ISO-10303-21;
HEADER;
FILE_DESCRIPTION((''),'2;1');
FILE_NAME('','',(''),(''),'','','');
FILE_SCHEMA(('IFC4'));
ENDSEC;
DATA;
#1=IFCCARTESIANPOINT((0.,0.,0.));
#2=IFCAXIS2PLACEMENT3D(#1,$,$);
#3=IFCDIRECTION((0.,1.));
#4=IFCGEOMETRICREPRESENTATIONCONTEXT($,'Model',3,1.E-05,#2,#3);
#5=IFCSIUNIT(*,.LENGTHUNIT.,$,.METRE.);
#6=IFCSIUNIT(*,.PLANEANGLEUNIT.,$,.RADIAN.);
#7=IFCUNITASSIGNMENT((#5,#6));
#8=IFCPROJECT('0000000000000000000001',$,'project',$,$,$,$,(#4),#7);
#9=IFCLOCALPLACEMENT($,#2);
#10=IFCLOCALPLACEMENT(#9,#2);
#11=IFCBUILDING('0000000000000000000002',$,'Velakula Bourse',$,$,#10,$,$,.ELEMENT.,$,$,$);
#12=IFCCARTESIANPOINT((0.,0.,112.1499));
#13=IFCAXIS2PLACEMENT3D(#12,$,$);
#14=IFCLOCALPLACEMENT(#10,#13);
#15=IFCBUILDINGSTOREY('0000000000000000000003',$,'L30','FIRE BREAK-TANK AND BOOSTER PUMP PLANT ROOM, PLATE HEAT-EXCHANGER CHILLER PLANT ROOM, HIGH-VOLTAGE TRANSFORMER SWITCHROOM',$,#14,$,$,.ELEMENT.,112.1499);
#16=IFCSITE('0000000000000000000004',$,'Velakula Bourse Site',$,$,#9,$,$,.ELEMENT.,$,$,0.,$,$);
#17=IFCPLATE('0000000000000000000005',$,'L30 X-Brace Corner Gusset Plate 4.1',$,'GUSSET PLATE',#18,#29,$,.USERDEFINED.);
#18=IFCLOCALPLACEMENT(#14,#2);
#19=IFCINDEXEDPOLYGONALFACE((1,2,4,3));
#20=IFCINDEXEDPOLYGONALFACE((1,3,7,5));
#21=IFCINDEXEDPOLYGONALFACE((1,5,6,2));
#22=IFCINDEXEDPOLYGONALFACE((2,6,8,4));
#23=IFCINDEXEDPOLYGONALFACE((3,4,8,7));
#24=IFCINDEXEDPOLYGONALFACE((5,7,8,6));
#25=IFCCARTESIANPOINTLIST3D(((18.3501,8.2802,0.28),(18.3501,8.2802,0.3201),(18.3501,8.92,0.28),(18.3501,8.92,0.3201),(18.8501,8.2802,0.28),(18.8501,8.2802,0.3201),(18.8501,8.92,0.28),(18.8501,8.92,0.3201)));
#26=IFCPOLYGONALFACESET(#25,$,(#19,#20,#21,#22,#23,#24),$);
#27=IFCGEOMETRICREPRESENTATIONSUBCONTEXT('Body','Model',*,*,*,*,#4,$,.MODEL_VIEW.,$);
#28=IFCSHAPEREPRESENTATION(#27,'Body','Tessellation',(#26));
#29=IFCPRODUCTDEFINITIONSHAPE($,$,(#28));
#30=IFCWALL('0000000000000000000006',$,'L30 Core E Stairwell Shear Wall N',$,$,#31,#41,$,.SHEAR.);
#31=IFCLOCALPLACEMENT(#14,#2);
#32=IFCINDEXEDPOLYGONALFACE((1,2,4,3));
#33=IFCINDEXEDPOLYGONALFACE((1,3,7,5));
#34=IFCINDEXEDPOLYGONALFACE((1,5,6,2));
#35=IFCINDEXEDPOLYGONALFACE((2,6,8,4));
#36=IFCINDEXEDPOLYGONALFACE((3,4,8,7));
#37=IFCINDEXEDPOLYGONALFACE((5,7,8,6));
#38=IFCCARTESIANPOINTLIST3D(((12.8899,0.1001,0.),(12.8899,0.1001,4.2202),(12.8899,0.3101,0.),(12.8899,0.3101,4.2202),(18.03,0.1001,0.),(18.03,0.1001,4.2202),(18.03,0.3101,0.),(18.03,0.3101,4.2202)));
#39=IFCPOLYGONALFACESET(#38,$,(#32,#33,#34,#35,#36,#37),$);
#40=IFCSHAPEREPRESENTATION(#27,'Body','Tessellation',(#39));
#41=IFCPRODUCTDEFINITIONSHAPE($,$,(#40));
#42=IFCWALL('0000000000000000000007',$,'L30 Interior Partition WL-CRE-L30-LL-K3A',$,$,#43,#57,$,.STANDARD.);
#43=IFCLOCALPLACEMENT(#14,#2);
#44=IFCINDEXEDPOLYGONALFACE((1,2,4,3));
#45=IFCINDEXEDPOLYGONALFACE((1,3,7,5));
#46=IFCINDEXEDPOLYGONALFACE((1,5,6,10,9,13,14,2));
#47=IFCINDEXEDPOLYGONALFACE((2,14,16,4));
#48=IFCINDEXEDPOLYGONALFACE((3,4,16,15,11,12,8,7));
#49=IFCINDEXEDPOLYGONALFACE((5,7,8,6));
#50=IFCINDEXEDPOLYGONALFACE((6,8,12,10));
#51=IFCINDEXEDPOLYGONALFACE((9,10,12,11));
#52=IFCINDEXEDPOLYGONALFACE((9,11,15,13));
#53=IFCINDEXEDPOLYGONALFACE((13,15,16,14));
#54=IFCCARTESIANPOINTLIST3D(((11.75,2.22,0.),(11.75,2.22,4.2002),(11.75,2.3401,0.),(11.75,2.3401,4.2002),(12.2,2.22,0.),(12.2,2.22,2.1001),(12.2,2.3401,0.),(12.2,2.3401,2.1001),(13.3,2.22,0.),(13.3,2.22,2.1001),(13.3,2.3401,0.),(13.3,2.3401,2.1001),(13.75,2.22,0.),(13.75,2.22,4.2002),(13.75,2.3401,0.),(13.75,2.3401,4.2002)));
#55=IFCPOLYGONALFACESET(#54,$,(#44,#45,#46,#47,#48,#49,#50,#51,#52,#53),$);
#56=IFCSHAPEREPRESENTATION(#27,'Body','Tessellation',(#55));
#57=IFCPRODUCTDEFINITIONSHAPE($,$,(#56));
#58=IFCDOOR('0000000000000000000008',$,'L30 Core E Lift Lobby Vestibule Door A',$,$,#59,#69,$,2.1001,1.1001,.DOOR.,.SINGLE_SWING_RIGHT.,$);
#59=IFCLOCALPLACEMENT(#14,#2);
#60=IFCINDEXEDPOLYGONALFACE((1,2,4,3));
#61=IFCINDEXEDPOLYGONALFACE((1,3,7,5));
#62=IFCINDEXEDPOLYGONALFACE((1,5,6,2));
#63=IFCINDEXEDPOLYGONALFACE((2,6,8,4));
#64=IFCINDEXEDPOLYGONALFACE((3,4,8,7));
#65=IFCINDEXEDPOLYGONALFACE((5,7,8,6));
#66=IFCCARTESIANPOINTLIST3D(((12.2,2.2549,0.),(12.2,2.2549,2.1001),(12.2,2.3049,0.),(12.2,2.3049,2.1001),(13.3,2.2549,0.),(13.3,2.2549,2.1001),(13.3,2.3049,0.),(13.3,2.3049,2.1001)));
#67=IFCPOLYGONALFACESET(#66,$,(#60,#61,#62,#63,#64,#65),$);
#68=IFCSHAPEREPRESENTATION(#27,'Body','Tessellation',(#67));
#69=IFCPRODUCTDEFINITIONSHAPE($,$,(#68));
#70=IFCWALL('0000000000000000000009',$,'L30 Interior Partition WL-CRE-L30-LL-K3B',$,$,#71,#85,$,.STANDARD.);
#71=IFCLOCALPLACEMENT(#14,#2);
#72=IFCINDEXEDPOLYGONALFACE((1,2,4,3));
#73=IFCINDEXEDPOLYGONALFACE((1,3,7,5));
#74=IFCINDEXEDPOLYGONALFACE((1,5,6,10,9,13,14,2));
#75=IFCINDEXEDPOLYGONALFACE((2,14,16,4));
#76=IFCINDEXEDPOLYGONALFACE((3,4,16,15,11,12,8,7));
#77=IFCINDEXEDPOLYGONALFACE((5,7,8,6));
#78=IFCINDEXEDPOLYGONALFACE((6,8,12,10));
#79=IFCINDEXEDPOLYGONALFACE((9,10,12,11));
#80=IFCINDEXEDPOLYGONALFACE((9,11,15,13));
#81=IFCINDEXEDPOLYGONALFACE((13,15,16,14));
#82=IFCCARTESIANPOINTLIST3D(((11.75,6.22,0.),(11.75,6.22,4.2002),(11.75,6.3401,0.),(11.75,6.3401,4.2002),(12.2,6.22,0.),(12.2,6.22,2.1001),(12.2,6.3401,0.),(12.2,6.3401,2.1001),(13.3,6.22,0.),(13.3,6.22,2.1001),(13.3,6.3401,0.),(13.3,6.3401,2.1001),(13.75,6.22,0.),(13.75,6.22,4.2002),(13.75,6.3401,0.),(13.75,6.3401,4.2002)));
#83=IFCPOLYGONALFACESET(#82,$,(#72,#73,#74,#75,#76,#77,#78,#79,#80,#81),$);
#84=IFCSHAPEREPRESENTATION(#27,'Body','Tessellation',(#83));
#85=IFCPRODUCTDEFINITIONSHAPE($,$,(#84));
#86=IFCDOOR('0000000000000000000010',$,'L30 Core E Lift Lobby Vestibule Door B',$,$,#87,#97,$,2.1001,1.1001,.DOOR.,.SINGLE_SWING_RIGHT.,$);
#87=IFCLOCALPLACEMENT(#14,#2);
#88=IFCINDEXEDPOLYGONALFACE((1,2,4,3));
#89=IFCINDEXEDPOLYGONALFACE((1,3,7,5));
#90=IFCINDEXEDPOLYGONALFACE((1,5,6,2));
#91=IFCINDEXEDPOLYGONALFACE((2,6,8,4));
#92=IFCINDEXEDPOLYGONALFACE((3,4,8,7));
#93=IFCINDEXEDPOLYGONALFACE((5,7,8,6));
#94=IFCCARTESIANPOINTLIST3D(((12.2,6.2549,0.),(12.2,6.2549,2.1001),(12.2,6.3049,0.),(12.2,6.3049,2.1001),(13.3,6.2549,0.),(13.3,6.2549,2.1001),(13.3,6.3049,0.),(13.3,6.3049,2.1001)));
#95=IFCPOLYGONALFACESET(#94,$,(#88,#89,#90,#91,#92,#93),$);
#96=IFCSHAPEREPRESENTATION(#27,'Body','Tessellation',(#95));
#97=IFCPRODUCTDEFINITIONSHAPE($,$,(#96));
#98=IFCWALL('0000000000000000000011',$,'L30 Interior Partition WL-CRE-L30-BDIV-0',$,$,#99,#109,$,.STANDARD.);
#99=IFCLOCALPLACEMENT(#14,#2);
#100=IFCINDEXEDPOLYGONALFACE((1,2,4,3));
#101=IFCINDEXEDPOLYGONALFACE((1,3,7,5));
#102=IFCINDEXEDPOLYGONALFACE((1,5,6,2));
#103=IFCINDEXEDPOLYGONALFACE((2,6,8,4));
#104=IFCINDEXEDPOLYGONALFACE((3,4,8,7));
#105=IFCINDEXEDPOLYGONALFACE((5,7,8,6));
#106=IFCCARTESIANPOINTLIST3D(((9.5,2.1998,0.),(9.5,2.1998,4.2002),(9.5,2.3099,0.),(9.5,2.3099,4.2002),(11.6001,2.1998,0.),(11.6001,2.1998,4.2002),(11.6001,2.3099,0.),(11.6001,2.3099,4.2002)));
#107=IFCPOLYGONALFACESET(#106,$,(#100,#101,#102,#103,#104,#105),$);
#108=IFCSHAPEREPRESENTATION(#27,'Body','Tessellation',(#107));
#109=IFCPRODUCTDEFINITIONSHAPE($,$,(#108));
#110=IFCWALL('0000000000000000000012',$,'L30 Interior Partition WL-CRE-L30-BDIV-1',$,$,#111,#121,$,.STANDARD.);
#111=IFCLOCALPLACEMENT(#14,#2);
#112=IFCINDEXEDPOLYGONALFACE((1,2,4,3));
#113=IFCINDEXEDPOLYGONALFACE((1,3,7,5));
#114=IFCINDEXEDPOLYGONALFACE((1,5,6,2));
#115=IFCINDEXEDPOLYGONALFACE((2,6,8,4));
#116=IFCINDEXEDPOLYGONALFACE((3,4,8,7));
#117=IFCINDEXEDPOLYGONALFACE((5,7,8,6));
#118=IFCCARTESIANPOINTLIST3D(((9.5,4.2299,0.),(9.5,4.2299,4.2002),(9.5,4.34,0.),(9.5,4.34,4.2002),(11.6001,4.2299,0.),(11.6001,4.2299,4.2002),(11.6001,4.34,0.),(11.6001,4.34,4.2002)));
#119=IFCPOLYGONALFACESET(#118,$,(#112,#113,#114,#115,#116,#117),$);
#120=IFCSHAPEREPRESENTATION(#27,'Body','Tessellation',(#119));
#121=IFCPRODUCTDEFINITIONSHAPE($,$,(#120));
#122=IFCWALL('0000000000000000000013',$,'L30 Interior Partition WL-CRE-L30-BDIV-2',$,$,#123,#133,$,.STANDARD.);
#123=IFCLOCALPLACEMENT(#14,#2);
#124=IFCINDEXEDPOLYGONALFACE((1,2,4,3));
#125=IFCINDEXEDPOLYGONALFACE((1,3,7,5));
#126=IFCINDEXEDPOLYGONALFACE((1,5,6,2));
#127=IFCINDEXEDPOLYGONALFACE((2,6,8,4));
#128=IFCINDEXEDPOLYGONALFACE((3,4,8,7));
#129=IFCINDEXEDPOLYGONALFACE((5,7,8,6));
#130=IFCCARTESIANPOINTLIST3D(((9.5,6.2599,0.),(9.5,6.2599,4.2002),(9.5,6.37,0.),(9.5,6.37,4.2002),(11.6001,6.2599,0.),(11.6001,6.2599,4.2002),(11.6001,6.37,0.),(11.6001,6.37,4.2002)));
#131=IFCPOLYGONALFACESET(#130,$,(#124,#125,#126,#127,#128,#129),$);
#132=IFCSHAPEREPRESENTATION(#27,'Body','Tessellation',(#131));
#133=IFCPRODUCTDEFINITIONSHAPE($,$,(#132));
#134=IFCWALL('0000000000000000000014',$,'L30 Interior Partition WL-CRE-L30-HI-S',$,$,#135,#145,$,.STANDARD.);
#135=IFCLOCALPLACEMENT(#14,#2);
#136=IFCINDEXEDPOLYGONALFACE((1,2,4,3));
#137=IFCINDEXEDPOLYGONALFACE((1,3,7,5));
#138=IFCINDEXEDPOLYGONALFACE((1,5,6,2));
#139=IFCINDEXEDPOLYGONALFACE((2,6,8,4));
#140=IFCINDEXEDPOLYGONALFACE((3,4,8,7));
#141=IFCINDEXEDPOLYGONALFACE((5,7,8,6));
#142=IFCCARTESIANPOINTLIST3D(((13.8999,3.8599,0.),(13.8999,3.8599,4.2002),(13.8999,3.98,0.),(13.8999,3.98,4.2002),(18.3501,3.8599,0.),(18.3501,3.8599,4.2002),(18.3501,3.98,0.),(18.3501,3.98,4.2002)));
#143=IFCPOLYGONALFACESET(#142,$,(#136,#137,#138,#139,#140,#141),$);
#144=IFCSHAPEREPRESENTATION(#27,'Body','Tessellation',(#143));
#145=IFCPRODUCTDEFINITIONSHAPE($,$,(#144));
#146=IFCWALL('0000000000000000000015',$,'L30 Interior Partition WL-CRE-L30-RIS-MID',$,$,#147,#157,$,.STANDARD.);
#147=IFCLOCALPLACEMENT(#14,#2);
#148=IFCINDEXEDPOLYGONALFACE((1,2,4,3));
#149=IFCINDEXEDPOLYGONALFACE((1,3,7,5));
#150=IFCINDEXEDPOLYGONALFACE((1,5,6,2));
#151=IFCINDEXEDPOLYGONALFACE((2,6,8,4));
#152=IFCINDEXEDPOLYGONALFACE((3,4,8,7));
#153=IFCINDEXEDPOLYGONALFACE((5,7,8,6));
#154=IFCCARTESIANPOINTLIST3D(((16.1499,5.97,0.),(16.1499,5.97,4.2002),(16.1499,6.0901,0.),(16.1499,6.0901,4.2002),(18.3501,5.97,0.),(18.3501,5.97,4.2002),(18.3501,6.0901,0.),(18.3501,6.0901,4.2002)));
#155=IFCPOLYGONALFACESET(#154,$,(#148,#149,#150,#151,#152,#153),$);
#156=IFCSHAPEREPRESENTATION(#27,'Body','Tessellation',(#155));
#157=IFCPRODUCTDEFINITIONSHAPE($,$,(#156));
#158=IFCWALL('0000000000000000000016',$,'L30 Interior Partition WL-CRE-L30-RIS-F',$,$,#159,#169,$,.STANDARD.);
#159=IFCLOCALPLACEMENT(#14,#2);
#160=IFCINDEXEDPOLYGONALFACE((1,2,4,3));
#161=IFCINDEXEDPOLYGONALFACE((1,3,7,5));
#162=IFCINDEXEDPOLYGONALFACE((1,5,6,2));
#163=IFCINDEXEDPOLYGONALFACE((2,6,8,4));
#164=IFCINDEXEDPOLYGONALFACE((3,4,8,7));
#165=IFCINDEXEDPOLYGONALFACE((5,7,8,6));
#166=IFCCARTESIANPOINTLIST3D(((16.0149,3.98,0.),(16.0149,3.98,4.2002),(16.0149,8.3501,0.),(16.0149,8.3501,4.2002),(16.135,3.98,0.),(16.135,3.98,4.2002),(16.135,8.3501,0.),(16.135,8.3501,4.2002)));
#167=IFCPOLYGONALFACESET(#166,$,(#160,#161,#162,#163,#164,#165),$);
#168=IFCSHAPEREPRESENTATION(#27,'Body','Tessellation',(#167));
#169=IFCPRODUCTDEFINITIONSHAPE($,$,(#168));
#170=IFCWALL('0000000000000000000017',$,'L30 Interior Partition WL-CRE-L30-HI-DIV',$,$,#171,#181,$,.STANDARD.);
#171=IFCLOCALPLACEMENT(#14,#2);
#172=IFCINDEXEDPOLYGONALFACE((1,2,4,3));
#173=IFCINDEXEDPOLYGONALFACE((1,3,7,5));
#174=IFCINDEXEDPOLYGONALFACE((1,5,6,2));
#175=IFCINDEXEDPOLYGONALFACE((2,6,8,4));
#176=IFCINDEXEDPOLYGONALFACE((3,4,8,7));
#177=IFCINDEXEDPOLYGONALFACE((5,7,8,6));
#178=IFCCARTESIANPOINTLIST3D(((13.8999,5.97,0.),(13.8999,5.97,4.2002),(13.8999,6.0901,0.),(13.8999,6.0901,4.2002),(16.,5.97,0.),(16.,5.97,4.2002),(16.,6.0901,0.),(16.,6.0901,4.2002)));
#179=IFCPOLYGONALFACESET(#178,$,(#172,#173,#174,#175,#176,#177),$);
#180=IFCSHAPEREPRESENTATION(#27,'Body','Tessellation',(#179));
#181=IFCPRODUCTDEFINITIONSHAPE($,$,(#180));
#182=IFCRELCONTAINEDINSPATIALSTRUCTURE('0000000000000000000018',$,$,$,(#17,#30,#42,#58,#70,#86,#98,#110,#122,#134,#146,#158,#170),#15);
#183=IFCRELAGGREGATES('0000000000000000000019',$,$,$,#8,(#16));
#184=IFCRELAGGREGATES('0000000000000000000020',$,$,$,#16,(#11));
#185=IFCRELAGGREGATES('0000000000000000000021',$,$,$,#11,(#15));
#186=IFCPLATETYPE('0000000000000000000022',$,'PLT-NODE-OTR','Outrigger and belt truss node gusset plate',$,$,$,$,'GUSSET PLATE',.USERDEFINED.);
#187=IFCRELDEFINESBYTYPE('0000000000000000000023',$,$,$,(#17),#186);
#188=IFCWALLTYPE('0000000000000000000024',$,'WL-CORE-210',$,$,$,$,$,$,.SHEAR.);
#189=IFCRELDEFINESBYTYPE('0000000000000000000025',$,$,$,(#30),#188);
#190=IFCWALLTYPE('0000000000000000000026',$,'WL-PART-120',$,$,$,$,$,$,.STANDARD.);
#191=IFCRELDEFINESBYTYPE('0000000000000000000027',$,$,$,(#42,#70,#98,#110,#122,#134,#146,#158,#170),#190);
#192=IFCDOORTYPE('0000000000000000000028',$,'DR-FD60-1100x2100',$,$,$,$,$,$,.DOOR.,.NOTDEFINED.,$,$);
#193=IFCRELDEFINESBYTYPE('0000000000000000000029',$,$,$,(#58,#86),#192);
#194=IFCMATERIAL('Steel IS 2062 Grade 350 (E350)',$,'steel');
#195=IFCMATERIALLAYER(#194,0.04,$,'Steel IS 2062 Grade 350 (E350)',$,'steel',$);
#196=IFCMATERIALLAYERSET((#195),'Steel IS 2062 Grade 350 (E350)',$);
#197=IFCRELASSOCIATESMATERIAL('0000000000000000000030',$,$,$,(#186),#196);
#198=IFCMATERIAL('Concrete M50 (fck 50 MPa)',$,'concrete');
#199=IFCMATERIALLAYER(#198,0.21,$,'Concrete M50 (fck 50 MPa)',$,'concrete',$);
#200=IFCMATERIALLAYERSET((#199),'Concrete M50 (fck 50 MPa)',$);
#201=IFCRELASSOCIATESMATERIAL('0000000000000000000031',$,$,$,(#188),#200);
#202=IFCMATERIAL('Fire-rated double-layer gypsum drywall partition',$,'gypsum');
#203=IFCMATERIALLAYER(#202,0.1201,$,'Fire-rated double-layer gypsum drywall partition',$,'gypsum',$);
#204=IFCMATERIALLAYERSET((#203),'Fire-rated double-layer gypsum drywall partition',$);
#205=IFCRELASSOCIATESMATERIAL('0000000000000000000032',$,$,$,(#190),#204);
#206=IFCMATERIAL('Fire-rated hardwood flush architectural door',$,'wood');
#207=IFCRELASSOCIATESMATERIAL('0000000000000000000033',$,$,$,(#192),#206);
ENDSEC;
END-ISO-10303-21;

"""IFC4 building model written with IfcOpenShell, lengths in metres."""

from ifc_helpers import new_model, si_unit, direction, frame, frame_2d, origin, origin_2d, place, context, subcontext, project, spatial, rectangle, extrude, material, layer, layer_set, type_object, element, fill, save


model = new_model("IFC4")

# Units and contexts
model_context = context("Model", 3, precision=1e-05, world=origin(), true_north=direction((0.0, 1.0)))
body_context = subcontext(model_context, "Body", "Model", "MODEL_VIEW")
ifc_project = project(units=[si_unit("LENGTHUNIT", "METRE"), si_unit("PLANEANGLEUNIT", "RADIAN")], contexts=[model_context])

# Site, building, storey
site_placement = place(None, origin())
site = spatial("IfcSite", under=ifc_project, at=site_placement, Name="Velakula Bourse Site", CompositionType="ELEMENT", RefElevation=0.0)
building_placement = place(site_placement, origin())
building = spatial("IfcBuilding", under=site, at=building_placement, Name="Velakula Bourse", CompositionType="ELEMENT")
storey_placement = place(building_placement, frame((0.0, 0.0, 112.1499)))
storey = spatial("IfcBuildingStorey", under=building, at=storey_placement, Name="L30", Description="FIRE BREAK-TANK AND BOOSTER PUMP PLANT ROOM, PLATE HEAT-EXCHANGER CHILLER PLANT ROOM, HIGH-VOLTAGE TRANSFORMER SWITCHROOM", CompositionType="ELEMENT", Elevation=112.1499)

# Shared definitions
ifc_material_1 = material(Name="Steel IS 2062 Grade 350 (E350)", Category="steel")

# Plate
ifc_layer_1 = layer(ifc_material_1, 0.04, Name="Steel IS 2062 Grade 350 (E350)", Category="steel")
ifc_layer_set_1 = layer_set([ifc_layer_1], Name="Steel IS 2062 Grade 350 (E350)")
plate_type = type_object("IfcPlateType", Name="PLT-NODE-OTR", Description="Outrigger and belt truss node gusset plate", ElementType="GUSSET PLATE", PredefinedType="USERDEFINED", material=ifc_layer_set_1)
plate_placement = place(storey_placement, frame((18.6001, 8.6001, 0.28), z_axis=(0.0, 0.0, 1.0), x_axis=(0.0, 1.0, 0.0)))
element("IfcPlate", 1, at=plate_placement, inside=storey, type_object=plate_type, Name="L30 X-Brace Corner Gusset Plate 4.1", ObjectType="GUSSET PLATE", PredefinedType="USERDEFINED", context=body_context, shape_type="SweptSolid", body=[
    extrude(rectangle(XDim=0.6399, YDim=0.5, at=origin_2d()), origin(), (0.0, 0.0, 1.0), 0.04),
])

# Wall
ifc_material_2 = material(Name="Concrete M50 (fck 50 MPa)", Category="concrete")
ifc_layer_2 = layer(ifc_material_2, 0.21, Name="Concrete M50 (fck 50 MPa)", Category="concrete")
ifc_layer_set_2 = layer_set([ifc_layer_2], Name="Concrete M50 (fck 50 MPa)")
wall_type_1 = type_object("IfcWallType", Name="WL-CORE-210", PredefinedType="SHEAR", material=ifc_layer_set_2)
wall_1_placement = place(storey_placement, frame((18.03, 0.2051, 0.0), z_axis=(0.0, 0.0, 1.0), x_axis=(-1.0, 0.0, 0.0)))
element("IfcWall", 2, at=wall_1_placement, inside=storey, type_object=wall_type_1, Name="L30 Core E Stairwell Shear Wall N", PredefinedType="SHEAR", context=body_context, shape_type="SweptSolid", body=[
    extrude(rectangle(XDim=5.1401, YDim=0.21, at=frame_2d((2.5701, 0.0))), origin(), (0.0, 0.0, 1.0), 4.2202),
])

# Walls, openings, doors
ifc_material_3 = material(Name="Fire-rated double-layer gypsum drywall partition", Category="gypsum")
ifc_layer_3 = layer(ifc_material_3, 0.1201, Name="Fire-rated double-layer gypsum drywall partition", Category="gypsum")
ifc_layer_set_3 = layer_set([ifc_layer_3], Name="Fire-rated double-layer gypsum drywall partition")
wall_type_2 = type_object("IfcWallType", Name="WL-PART-120", PredefinedType="STANDARD", material=ifc_layer_set_3)
wall_2_placement = place(storey_placement, frame((11.75, 2.28, 0.0), z_axis=(0.0, 0.0, 1.0), x_axis=(1.0, 0.0, 0.0)))
wall_2 = element("IfcWall", 3, at=wall_2_placement, inside=storey, type_object=wall_type_2, Name="L30 Interior Partition WL-CRE-L30-LL-K3A", PredefinedType="STANDARD", context=body_context, shape_type="SweptSolid", body=[
    extrude(rectangle(XDim=2.0, YDim=0.1201, at=frame_2d((1.0, 0.0))), origin(), (0.0, 0.0, 1.0), 4.2002),
])
opening_1_placement = place(wall_2_placement, frame((0.45, 0.0, 0.0)))
opening_1 = element("IfcOpeningElement", 4, at=opening_1_placement, cuts=wall_2, PredefinedType="OPENING", context=body_context, shape_type="SweptSolid", body=[
    extrude(rectangle(XDim=1.1001, YDim=2.1001, at=frame_2d((0.55, 1.05))), frame((0.0, 0.0701, 0.0), z_axis=(0.0, -1.0, 0.0), x_axis=(1.0, 0.0, 0.0)), (0.0, 0.0, 1.0), 0.1401),
])
ifc_material_4 = material(Name="Fire-rated hardwood flush architectural door", Category="wood")
door_type_1 = type_object("IfcDoorType", Name="DR-FD60-1100x2100", OperationType="NOTDEFINED", PredefinedType="DOOR", material=ifc_material_4)
door_1_placement = place(opening_1_placement, origin())
door_1 = element("IfcDoor", 5, at=door_1_placement, inside=storey, type_object=door_type_1, Name="L30 Core E Lift Lobby Vestibule Door A", OperationType="SINGLE_SWING_RIGHT", OverallHeight=2.1001, OverallWidth=1.1001, PredefinedType="DOOR", context=body_context, shape_type="SweptSolid", body=[
    extrude(rectangle(XDim=1.1001, YDim=2.1001, at=frame_2d((0.55, 1.05))), frame((0.0, 0.0249, 0.0), z_axis=(0.0, -1.0, 0.0), x_axis=(1.0, 0.0, 0.0)), (0.0, 0.0, 1.0), 0.05),
])
fill(opening_1, door_1)
wall_3_placement = place(storey_placement, frame((11.75, 6.28, 0.0), z_axis=(0.0, 0.0, 1.0), x_axis=(1.0, 0.0, 0.0)))
wall_3 = element("IfcWall", 6, at=wall_3_placement, inside=storey, type_object=wall_type_2, Name="L30 Interior Partition WL-CRE-L30-LL-K3B", PredefinedType="STANDARD", context=body_context, shape_type="SweptSolid", body=[
    extrude(rectangle(XDim=2.0, YDim=0.1201, at=frame_2d((1.0, 0.0))), origin(), (0.0, 0.0, 1.0), 4.2002),
])
opening_2_placement = place(wall_3_placement, frame((0.45, 0.0, 0.0)))
opening_2 = element("IfcOpeningElement", 7, at=opening_2_placement, cuts=wall_3, PredefinedType="OPENING", context=body_context, shape_type="SweptSolid", body=[
    extrude(rectangle(XDim=1.1001, YDim=2.1001, at=frame_2d((0.55, 1.05))), frame((0.0, 0.0701, 0.0), z_axis=(0.0, -1.0, 0.0), x_axis=(1.0, 0.0, 0.0)), (0.0, 0.0, 1.0), 0.1401),
])
door_2_placement = place(opening_2_placement, origin())
door_2 = element("IfcDoor", 8, at=door_2_placement, inside=storey, type_object=door_type_1, Name="L30 Core E Lift Lobby Vestibule Door B", OperationType="SINGLE_SWING_RIGHT", OverallHeight=2.1001, OverallWidth=1.1001, PredefinedType="DOOR", context=body_context, shape_type="SweptSolid", body=[
    extrude(rectangle(XDim=1.1001, YDim=2.1001, at=frame_2d((0.55, 1.05))), frame((0.0, 0.0249, 0.0), z_axis=(0.0, -1.0, 0.0), x_axis=(1.0, 0.0, 0.0)), (0.0, 0.0, 1.0), 0.05),
])
fill(opening_2, door_2)

# Walls
for number, where, z_axis, x_axis, name in (
    (9, (9.5, 2.2549, 0.0), (0.0, 0.0, 1.0), (1.0, 0.0, 0.0), "L30 Interior Partition WL-CRE-L30-BDIV-0"),
    (10, (9.5, 4.2849, 0.0), (0.0, 0.0, 1.0), (1.0, 0.0, 0.0), "L30 Interior Partition WL-CRE-L30-BDIV-1"),
    (11, (9.5, 6.3149, 0.0), (0.0, 0.0, 1.0), (1.0, 0.0, 0.0), "L30 Interior Partition WL-CRE-L30-BDIV-2"),
):
    element("IfcWall", number, at=place(storey_placement, frame(where, z_axis=z_axis, x_axis=x_axis)), inside=storey, type_object=wall_type_2, Name=name, PredefinedType="STANDARD", context=body_context, shape_type="SweptSolid", body=[
        extrude(rectangle(XDim=2.1001, YDim=0.1101, at=frame_2d((1.05, 0.0))), origin(), (0.0, 0.0, 1.0), 4.2002),
    ])
wall_4_placement = place(storey_placement, frame((13.8999, 3.9199, 0.0), z_axis=(0.0, 0.0, 1.0), x_axis=(1.0, 0.0, 0.0)))
element("IfcWall", 12, at=wall_4_placement, inside=storey, type_object=wall_type_2, Name="L30 Interior Partition WL-CRE-L30-HI-S", PredefinedType="STANDARD", context=body_context, shape_type="SweptSolid", body=[
    extrude(rectangle(XDim=4.4502, YDim=0.1201, at=frame_2d((2.2251, 0.0))), origin(), (0.0, 0.0, 1.0), 4.2002),
])
wall_5_placement = place(storey_placement, frame((16.1499, 6.03, 0.0), z_axis=(0.0, 0.0, 1.0), x_axis=(1.0, 0.0, 0.0)))
element("IfcWall", 13, at=wall_5_placement, inside=storey, type_object=wall_type_2, Name="L30 Interior Partition WL-CRE-L30-RIS-MID", PredefinedType="STANDARD", context=body_context, shape_type="SweptSolid", body=[
    extrude(rectangle(XDim=2.2002, YDim=0.1201, at=frame_2d((1.1001, 0.0))), origin(), (0.0, 0.0, 1.0), 4.2002),
])
wall_6_placement = place(storey_placement, frame((16.075, 3.98, 0.0), z_axis=(0.0, 0.0, 1.0), x_axis=(0.0, 1.0, 0.0)))
element("IfcWall", 14, at=wall_6_placement, inside=storey, type_object=wall_type_2, Name="L30 Interior Partition WL-CRE-L30-RIS-F", PredefinedType="STANDARD", context=body_context, shape_type="SweptSolid", body=[
    extrude(rectangle(XDim=4.3701, YDim=0.1201, at=frame_2d((2.1851, 0.0))), origin(), (0.0, 0.0, 1.0), 4.2002),
])
wall_7_placement = place(storey_placement, frame((13.8999, 6.03, 0.0), z_axis=(0.0, 0.0, 1.0), x_axis=(1.0, 0.0, 0.0)))
element("IfcWall", 15, at=wall_7_placement, inside=storey, type_object=wall_type_2, Name="L30 Interior Partition WL-CRE-L30-HI-DIV", PredefinedType="STANDARD", context=body_context, shape_type="SweptSolid", body=[
    extrude(rectangle(XDim=2.1001, YDim=0.1201, at=frame_2d((1.05, 0.0))), origin(), (0.0, 0.0, 1.0), 4.2002),
])

save(model, "model.ifc")
